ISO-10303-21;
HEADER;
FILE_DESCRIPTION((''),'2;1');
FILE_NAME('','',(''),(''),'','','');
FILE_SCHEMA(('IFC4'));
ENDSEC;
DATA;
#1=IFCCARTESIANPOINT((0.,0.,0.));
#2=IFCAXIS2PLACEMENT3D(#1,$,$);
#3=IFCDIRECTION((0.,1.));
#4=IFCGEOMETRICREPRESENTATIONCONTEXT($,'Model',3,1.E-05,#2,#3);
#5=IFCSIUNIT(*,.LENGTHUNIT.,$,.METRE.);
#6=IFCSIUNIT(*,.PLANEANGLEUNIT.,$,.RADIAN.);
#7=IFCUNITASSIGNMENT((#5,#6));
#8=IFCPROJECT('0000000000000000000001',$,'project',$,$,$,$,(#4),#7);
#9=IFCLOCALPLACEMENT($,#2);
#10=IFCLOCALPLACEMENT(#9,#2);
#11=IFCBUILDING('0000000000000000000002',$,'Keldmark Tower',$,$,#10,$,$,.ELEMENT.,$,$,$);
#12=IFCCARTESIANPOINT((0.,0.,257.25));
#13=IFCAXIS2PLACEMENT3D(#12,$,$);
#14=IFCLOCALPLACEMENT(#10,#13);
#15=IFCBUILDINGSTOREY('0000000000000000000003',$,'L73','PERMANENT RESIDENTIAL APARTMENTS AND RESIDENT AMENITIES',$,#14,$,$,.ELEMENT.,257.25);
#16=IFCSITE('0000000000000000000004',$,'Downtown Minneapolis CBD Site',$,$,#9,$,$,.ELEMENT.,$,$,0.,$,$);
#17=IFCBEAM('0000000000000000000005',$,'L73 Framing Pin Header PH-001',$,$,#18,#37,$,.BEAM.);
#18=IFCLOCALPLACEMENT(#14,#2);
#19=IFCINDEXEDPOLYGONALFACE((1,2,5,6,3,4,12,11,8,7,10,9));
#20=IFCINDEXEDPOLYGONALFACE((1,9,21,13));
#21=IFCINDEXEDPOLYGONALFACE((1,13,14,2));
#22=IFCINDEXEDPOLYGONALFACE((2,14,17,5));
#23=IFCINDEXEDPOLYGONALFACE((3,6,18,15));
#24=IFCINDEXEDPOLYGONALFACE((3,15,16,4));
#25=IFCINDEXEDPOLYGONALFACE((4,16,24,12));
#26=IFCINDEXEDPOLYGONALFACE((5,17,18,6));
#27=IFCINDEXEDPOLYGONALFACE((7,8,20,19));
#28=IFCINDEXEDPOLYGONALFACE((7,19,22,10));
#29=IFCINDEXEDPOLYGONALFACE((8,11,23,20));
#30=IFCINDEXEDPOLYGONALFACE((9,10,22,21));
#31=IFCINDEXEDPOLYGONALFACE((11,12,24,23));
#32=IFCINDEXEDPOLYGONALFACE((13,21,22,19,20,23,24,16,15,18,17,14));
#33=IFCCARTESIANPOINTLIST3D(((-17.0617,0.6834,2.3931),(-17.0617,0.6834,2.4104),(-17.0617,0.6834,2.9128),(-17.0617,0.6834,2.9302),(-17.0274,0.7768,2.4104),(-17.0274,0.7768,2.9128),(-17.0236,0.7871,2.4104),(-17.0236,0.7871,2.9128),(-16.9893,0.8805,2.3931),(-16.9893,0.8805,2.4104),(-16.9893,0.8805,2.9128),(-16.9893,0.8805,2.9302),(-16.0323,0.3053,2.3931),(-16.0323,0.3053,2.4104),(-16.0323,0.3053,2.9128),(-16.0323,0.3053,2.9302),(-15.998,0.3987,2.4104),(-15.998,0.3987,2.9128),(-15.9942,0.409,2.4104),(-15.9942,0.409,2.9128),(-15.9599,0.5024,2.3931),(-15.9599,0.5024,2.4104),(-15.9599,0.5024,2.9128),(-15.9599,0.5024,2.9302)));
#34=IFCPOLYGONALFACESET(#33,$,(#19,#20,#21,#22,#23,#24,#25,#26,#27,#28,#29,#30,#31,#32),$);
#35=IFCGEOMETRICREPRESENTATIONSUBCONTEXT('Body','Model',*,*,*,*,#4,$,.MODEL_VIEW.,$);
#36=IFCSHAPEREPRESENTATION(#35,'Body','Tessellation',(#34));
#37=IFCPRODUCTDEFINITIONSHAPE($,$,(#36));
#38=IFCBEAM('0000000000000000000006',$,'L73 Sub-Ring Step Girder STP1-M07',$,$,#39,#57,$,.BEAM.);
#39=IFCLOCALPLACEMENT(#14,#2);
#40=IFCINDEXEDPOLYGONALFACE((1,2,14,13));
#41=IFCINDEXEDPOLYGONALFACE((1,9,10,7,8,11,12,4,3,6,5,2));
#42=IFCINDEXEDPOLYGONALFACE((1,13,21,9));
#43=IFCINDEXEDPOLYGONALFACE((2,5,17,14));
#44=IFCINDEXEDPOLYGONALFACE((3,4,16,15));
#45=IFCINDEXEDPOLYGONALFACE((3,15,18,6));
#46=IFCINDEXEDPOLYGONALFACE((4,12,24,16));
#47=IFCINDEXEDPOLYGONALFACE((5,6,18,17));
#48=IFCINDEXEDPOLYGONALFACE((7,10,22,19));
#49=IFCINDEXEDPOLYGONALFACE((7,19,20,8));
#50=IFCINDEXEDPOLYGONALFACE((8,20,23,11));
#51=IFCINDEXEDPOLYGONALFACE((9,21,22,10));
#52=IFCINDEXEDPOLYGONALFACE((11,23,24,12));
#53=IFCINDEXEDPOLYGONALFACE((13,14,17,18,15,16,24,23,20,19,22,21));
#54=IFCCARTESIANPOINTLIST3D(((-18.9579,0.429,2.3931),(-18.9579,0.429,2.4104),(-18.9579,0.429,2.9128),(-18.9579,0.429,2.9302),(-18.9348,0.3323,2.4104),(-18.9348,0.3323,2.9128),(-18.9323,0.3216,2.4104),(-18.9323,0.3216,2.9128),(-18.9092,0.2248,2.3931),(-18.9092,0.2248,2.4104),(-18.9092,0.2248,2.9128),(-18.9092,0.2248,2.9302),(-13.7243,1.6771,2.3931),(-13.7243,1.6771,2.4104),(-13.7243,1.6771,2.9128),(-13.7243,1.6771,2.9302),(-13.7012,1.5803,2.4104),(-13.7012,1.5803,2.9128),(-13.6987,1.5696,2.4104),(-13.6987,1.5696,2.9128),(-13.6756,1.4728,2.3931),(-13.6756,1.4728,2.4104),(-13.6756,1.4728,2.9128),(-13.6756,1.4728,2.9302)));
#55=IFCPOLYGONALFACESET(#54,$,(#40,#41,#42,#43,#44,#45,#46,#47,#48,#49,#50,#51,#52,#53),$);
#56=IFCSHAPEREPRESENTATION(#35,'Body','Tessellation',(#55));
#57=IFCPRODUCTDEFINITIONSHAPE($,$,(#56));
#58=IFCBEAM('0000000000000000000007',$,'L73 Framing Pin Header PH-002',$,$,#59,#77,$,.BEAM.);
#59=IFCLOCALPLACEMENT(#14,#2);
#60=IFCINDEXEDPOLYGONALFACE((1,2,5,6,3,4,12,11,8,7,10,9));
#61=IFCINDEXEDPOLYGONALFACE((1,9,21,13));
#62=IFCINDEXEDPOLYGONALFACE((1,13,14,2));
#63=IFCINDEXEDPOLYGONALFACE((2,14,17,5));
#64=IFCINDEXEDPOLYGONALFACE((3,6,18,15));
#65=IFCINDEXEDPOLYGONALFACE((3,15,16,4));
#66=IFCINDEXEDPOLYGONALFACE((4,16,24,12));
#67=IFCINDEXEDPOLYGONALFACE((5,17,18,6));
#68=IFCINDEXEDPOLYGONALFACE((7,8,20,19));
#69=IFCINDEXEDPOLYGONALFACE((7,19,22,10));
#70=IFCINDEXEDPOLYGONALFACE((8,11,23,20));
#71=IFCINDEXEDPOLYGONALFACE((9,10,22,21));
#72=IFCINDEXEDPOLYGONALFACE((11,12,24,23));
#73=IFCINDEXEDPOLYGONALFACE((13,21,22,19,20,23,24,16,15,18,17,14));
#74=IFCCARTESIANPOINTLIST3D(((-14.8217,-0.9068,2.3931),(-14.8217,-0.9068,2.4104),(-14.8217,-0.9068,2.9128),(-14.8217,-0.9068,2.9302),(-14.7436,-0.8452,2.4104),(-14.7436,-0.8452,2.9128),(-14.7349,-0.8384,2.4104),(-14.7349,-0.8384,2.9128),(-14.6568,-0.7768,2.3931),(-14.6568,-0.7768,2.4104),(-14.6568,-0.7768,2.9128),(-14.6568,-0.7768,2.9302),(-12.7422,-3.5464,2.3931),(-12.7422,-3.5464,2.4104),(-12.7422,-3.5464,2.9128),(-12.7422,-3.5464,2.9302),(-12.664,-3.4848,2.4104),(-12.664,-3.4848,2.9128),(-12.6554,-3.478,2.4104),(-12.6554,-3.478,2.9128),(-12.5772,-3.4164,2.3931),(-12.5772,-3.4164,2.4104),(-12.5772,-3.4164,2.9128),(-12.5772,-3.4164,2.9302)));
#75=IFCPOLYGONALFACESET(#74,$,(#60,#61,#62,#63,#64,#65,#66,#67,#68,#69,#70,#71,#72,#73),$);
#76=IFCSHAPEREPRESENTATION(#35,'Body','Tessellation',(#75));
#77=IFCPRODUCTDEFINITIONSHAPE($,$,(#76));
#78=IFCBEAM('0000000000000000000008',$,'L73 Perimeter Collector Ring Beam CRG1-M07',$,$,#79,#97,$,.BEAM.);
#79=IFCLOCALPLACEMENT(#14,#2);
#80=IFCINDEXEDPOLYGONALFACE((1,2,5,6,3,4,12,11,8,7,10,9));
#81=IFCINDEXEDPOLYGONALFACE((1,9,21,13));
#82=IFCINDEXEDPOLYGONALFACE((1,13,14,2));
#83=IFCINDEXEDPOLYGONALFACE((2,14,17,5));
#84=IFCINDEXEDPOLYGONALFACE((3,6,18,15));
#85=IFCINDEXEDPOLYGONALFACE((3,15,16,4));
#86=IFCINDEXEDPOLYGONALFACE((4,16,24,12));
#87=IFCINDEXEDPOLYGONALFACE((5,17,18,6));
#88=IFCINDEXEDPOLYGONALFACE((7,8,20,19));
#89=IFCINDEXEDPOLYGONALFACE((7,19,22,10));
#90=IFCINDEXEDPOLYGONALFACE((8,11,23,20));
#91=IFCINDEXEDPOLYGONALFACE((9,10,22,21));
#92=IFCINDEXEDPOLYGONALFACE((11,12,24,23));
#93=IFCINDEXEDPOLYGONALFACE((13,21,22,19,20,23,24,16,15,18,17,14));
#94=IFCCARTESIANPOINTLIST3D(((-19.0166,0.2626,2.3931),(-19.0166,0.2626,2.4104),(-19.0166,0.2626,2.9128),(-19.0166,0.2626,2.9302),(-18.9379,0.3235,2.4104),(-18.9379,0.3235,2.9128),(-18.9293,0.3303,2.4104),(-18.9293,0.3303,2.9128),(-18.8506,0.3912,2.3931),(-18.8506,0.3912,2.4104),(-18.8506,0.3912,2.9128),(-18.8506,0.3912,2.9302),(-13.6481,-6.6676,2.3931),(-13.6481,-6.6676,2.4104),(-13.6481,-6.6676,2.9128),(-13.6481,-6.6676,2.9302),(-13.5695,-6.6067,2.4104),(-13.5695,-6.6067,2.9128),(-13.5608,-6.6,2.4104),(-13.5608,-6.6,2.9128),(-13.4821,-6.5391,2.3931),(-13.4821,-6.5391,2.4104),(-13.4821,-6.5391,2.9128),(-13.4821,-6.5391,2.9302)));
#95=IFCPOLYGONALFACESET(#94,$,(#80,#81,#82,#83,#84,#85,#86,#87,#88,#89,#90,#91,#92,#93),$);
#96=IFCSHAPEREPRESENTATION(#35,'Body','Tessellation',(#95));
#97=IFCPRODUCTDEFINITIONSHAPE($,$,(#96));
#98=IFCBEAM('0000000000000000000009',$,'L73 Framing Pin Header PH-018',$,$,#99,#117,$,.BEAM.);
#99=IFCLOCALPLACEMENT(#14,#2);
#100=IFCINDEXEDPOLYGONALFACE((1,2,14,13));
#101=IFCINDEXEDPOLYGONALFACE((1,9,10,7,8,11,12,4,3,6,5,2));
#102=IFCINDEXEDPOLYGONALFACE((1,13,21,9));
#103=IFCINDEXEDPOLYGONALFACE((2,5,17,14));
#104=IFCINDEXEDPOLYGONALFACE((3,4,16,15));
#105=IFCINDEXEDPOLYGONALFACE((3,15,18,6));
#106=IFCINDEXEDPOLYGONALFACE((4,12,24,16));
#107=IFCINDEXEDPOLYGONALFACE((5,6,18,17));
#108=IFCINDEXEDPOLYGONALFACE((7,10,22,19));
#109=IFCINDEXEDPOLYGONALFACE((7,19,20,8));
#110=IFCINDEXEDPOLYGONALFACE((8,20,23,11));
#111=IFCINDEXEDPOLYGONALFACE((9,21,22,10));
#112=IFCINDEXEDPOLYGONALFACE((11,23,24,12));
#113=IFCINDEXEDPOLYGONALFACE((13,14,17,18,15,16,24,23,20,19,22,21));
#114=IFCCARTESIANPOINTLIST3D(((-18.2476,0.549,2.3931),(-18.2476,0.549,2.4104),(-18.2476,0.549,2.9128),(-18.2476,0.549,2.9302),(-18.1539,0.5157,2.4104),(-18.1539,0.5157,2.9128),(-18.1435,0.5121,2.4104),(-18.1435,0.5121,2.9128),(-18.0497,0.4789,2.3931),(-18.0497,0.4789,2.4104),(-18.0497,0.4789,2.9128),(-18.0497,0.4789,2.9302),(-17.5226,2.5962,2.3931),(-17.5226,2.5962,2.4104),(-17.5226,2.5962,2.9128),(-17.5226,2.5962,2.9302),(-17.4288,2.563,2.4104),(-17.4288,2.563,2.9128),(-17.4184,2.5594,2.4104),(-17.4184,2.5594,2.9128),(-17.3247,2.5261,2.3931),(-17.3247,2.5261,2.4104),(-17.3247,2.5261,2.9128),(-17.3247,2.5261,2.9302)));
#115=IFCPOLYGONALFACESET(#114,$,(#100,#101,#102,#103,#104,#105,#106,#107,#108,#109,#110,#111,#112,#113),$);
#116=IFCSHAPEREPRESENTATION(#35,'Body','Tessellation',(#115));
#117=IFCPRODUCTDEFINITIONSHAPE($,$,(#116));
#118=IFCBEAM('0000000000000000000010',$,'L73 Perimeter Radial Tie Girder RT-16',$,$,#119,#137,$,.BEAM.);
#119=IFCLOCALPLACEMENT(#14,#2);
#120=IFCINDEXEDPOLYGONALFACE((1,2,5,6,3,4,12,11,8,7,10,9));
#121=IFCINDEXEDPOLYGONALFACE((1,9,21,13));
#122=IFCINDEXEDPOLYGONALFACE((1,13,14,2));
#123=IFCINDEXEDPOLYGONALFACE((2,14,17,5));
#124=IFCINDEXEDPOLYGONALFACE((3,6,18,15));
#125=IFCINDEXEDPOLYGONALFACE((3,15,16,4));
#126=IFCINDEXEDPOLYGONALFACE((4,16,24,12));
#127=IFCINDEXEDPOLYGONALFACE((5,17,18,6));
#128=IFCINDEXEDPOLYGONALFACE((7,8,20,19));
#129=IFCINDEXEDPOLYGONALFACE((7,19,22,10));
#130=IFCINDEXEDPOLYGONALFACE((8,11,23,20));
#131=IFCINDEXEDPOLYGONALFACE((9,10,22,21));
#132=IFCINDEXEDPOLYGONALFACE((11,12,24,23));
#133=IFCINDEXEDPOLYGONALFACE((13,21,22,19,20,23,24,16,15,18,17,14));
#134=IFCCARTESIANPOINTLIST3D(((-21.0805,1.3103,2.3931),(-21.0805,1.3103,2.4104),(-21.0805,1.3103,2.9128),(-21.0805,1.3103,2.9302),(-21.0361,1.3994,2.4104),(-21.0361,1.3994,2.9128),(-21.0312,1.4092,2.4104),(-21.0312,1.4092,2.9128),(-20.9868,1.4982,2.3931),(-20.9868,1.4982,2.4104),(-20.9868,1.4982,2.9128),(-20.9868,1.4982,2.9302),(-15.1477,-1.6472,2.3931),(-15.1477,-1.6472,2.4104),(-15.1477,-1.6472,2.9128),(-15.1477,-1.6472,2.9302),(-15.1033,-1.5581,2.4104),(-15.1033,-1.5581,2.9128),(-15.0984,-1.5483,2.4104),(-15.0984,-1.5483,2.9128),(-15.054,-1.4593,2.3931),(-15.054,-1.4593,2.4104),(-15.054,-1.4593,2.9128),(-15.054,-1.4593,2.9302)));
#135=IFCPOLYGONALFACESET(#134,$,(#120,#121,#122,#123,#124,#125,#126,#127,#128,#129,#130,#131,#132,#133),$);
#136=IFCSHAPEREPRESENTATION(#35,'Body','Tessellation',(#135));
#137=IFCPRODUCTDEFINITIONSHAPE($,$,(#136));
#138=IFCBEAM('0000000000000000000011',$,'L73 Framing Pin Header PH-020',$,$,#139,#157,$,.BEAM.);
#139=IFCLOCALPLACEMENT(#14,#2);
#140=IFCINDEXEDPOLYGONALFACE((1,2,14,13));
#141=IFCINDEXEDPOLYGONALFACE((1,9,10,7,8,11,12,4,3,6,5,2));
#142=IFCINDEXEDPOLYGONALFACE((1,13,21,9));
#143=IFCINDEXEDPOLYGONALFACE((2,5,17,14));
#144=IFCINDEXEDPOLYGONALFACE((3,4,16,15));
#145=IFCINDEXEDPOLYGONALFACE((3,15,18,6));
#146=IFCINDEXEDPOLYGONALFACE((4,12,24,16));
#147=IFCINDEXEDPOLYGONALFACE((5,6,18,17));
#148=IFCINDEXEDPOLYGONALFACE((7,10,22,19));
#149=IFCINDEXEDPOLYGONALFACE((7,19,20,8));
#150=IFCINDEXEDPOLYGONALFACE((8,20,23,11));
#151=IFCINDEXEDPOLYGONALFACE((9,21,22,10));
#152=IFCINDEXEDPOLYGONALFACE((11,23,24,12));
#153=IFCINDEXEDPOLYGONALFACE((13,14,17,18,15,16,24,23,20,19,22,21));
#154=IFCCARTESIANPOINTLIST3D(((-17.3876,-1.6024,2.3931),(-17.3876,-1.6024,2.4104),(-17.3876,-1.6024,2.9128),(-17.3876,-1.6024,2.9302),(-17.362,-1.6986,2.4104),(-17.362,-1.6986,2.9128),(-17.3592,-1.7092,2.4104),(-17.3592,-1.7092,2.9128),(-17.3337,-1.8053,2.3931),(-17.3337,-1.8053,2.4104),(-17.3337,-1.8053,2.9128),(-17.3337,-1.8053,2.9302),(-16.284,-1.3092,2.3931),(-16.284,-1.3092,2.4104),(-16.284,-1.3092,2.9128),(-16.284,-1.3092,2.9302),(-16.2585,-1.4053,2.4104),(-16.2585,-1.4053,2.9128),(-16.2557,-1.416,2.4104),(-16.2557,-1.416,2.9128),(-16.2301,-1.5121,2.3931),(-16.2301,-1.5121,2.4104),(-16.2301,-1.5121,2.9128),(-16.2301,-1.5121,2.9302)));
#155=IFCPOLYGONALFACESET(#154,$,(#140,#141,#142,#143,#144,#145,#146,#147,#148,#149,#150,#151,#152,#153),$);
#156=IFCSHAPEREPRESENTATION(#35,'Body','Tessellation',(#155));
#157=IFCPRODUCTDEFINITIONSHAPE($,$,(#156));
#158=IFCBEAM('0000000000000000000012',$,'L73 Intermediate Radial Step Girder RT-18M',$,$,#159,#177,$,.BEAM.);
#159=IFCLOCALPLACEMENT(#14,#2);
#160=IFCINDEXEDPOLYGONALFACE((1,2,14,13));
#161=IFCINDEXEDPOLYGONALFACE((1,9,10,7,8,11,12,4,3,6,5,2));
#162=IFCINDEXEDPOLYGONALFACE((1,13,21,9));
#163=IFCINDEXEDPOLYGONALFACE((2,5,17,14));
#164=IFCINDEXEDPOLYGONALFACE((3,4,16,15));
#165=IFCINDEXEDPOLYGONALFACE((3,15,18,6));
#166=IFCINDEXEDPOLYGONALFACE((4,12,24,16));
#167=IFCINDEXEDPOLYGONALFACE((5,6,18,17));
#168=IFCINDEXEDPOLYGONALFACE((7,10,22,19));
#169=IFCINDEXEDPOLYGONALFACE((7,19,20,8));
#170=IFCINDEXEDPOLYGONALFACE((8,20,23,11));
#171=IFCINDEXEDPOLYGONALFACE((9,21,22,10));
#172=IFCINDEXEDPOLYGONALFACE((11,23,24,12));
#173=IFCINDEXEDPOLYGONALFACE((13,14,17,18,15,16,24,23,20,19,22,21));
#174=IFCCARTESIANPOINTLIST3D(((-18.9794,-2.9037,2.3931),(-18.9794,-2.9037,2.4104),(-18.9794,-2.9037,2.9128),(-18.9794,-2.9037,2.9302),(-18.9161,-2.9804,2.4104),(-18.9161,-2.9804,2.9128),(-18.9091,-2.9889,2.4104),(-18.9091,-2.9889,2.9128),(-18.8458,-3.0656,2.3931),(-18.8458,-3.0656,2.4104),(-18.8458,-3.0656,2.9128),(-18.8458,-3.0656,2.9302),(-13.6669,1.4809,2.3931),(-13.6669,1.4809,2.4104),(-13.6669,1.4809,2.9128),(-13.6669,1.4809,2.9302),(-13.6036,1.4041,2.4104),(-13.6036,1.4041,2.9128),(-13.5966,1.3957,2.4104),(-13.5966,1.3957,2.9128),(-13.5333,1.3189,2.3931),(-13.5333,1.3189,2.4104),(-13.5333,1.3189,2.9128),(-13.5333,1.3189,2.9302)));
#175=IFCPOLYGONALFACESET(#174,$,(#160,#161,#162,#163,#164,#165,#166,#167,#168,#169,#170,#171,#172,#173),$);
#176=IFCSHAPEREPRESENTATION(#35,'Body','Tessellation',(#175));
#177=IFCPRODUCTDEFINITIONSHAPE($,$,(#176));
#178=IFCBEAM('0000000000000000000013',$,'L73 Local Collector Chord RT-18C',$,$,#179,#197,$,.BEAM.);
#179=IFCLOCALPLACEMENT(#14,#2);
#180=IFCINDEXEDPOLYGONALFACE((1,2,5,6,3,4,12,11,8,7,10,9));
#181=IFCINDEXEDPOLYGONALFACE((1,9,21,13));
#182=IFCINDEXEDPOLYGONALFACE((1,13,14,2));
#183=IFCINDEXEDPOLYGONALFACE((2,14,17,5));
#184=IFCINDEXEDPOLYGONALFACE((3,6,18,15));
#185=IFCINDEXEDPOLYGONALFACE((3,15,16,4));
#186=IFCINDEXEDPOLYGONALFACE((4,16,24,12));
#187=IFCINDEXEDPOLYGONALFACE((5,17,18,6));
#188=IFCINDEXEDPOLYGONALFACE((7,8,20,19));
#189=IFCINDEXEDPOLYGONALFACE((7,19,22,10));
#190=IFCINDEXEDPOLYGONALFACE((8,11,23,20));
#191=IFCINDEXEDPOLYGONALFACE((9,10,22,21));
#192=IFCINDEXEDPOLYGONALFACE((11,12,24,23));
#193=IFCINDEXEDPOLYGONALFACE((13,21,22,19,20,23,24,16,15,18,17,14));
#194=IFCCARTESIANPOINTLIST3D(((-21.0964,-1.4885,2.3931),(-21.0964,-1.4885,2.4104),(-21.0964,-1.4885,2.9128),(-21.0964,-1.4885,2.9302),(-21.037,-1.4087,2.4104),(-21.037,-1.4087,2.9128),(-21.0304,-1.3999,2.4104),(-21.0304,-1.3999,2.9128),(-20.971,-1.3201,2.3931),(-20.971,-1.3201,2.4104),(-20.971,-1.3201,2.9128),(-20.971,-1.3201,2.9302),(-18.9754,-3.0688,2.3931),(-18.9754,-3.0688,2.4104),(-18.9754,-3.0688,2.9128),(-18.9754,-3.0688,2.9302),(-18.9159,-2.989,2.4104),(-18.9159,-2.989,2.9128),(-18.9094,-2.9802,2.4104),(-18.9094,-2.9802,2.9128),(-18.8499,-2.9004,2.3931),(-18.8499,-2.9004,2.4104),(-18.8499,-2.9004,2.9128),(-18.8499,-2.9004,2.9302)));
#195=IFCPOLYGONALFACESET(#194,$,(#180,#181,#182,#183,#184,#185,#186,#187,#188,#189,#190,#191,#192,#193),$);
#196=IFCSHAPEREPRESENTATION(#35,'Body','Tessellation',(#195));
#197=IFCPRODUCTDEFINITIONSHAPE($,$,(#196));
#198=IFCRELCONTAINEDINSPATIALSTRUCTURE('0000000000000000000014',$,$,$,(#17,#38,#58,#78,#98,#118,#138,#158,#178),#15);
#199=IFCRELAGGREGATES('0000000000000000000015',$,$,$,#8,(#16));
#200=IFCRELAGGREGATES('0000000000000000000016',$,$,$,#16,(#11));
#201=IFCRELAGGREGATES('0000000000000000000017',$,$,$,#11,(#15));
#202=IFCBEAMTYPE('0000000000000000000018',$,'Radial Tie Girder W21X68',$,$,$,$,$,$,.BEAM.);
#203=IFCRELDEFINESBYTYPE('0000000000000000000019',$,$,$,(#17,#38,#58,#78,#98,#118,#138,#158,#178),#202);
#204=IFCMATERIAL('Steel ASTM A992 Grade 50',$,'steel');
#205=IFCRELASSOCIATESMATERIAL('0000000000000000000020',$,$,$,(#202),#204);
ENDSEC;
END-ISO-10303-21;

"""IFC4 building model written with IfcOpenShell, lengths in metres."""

from ifc_helpers import new_model, si_unit, direction, frame, origin, origin_2d, place, context, subcontext, project, spatial, i_section, extrude, material, material_profile, profile_set, type_object, element, save


model = new_model("IFC4")

# Units and contexts
model_context = context("Model", 3, precision=1e-05, world=origin(), true_north=direction((0.0, 1.0)))
body_context = subcontext(model_context, "Body", "Model", "MODEL_VIEW")
ifc_project = project(units=[si_unit("LENGTHUNIT", "METRE"), si_unit("PLANEANGLEUNIT", "RADIAN")], contexts=[model_context])

# Site, building, storey
site_placement = place(None, origin())
site = spatial("IfcSite", under=ifc_project, at=site_placement, Name="Downtown Minneapolis CBD Site", CompositionType="ELEMENT", RefElevation=0.0)
building_placement = place(site_placement, origin())
building = spatial("IfcBuilding", under=site, at=building_placement, Name="Keldmark Tower", CompositionType="ELEMENT")
storey_placement = place(building_placement, frame((0.0, 0.0, 257.25)))
storey = spatial("IfcBuildingStorey", under=building, at=storey_placement, Name="L73", Description="PERMANENT RESIDENTIAL APARTMENTS AND RESIDENT AMENITIES", CompositionType="ELEMENT", Elevation=257.25)

# Beams
ifc_material_1 = material(Name="Steel ASTM A992 Grade 50", Category="steel")
ifc_material_profile_1 = material_profile(ifc_material_1, i_section(OverallWidth=0.21, OverallDepth=0.5371, WebThickness=0.011, FlangeThickness=0.0173, at=origin_2d()), Name="W21X68")
ifc_profile_set_1 = profile_set([ifc_material_profile_1], Name="Steel ASTM A992 Grade 50")
beam_type_1 = type_object("IfcBeamType", Name="Radial Tie Girder W21X68", PredefinedType="BEAM", material=ifc_profile_set_1)
beam_1_placement = place(storey_placement, frame((-15.9961, 0.4038, 2.6616), z_axis=(-0.938677, 0.344797, 0.0), x_axis=(-0.344797, -0.938677, 0.0)))
element("IfcBeam", 1, at=beam_1_placement, inside=storey, type_object=beam_type_1, Name="L73 Framing Pin Header PH-001", PredefinedType="BEAM", context=body_context, shape_type="SweptSolid", body=[
    extrude(i_section(OverallWidth=0.21, OverallDepth=0.5371, WebThickness=0.011, FlangeThickness=0.0173, at=origin_2d()), origin(), (0.0, 0.0, 1.0), 1.0967),
])
beam_2_placement = place(storey_placement, frame((-13.7, 1.575, 2.6616), z_axis=(-0.972725, -0.231962, 0.0), x_axis=(0.231962, -0.972725, 0.0)))
element("IfcBeam", 2, at=beam_2_placement, inside=storey, type_object=beam_type_1, Name="L73 Sub-Ring Step Girder STP1-M07", PredefinedType="BEAM", context=body_context, shape_type="SweptSolid", body=[
    extrude(i_section(OverallWidth=0.21, OverallDepth=0.5371, WebThickness=0.011, FlangeThickness=0.0173, at=origin_2d()), origin(), (0.0, 0.0, 1.0), 5.3804),
])
beam_3_placement = place(storey_placement, frame((-14.7393, -0.8418, 2.6616), z_axis=(0.618848, -0.785511, 0.0), x_axis=(0.785511, 0.618848, 0.0)))
element("IfcBeam", 3, at=beam_3_placement, inside=storey, type_object=beam_type_1, Name="L73 Framing Pin Header PH-002", PredefinedType="BEAM", context=body_context, shape_type="SweptSolid", body=[
    extrude(i_section(OverallWidth=0.21, OverallDepth=0.5371, WebThickness=0.011, FlangeThickness=0.0173, at=origin_2d()), origin(), (0.0, 0.0, 1.0), 3.3604),
])
beam_4_placement = place(storey_placement, frame((-18.9336, 0.3269, 2.6616), z_axis=(0.612395, -0.790552, 0.0), x_axis=(0.790552, 0.612395, 0.0)))
element("IfcBeam", 4, at=beam_4_placement, inside=storey, type_object=beam_type_1, Name="L73 Perimeter Collector Ring Beam CRG1-M07", PredefinedType="BEAM", context=body_context, shape_type="SweptSolid", body=[
    extrude(i_section(OverallWidth=0.21, OverallDepth=0.5371, WebThickness=0.011, FlangeThickness=0.0173, at=origin_2d()), origin(), (0.0, 0.0, 1.0), 8.7664),
])
beam_5_placement = place(storey_placement, frame((-18.1487, 0.5139, 2.6616), z_axis=(0.333843, 0.942629, 0.0), x_axis=(-0.942629, 0.333843, 0.0)))
element("IfcBeam", 5, at=beam_5_placement, inside=storey, type_object=beam_type_1, Name="L73 Framing Pin Header PH-018", PredefinedType="BEAM", context=body_context, shape_type="SweptSolid", body=[
    extrude(i_section(OverallWidth=0.21, OverallDepth=0.5371, WebThickness=0.011, FlangeThickness=0.0173, at=origin_2d()), origin(), (0.0, 0.0, 1.0), 2.1719),
])
beam_6_placement = place(storey_placement, frame((-15.1008, -1.5532, 2.6616), z_axis=(-0.894964, 0.446138, 0.0), x_axis=(-0.446138, -0.894964, 0.0)))
element("IfcBeam", 6, at=beam_6_placement, inside=storey, type_object=beam_type_1, Name="L73 Perimeter Radial Tie Girder RT-16", PredefinedType="BEAM", context=body_context, shape_type="SweptSolid", body=[
    extrude(i_section(OverallWidth=0.21, OverallDepth=0.5371, WebThickness=0.011, FlangeThickness=0.0173, at=origin_2d()), origin(), (0.0, 0.0, 1.0), 6.6292),
])
beam_7_placement = place(storey_placement, frame((-16.2571, -1.4106, 2.6616), z_axis=(-0.966465, -0.256798, 0.0), x_axis=(0.256798, -0.966465, 0.0)))
element("IfcBeam", 7, at=beam_7_placement, inside=storey, type_object=beam_type_1, Name="L73 Framing Pin Header PH-020", PredefinedType="BEAM", context=body_context, shape_type="SweptSolid", body=[
    extrude(i_section(OverallWidth=0.21, OverallDepth=0.5371, WebThickness=0.011, FlangeThickness=0.0173, at=origin_2d()), origin(), (0.0, 0.0, 1.0), 1.1418),
])
beam_8_placement = place(storey_placement, frame((-13.6001, 1.3999, 2.6616), z_axis=(-0.771251, -0.636531, 0.0), x_axis=(0.636531, -0.771251, 0.0)))
element("IfcBeam", 8, at=beam_8_placement, inside=storey, type_object=beam_type_1, Name="L73 Intermediate Radial Step Girder RT-18M", PredefinedType="BEAM", context=body_context, shape_type="SweptSolid", body=[
    extrude(i_section(OverallWidth=0.21, OverallDepth=0.5371, WebThickness=0.011, FlangeThickness=0.0173, at=origin_2d()), origin(), (0.0, 0.0, 1.0), 6.8882),
])
beam_9_placement = place(storey_placement, frame((-21.0337, -1.4043, 2.6616), z_axis=(0.801901, -0.597457, 0.0), x_axis=(0.597457, 0.801901, 0.0)))
element("IfcBeam", 9, at=beam_9_placement, inside=storey, type_object=beam_type_1, Name="L73 Local Collector Chord RT-18C", PredefinedType="BEAM", context=body_context, shape_type="SweptSolid", body=[
    extrude(i_section(OverallWidth=0.21, OverallDepth=0.5371, WebThickness=0.011, FlangeThickness=0.0173, at=origin_2d()), origin(), (0.0, 0.0, 1.0), 2.645),
])

save(model, "model.ifc")
